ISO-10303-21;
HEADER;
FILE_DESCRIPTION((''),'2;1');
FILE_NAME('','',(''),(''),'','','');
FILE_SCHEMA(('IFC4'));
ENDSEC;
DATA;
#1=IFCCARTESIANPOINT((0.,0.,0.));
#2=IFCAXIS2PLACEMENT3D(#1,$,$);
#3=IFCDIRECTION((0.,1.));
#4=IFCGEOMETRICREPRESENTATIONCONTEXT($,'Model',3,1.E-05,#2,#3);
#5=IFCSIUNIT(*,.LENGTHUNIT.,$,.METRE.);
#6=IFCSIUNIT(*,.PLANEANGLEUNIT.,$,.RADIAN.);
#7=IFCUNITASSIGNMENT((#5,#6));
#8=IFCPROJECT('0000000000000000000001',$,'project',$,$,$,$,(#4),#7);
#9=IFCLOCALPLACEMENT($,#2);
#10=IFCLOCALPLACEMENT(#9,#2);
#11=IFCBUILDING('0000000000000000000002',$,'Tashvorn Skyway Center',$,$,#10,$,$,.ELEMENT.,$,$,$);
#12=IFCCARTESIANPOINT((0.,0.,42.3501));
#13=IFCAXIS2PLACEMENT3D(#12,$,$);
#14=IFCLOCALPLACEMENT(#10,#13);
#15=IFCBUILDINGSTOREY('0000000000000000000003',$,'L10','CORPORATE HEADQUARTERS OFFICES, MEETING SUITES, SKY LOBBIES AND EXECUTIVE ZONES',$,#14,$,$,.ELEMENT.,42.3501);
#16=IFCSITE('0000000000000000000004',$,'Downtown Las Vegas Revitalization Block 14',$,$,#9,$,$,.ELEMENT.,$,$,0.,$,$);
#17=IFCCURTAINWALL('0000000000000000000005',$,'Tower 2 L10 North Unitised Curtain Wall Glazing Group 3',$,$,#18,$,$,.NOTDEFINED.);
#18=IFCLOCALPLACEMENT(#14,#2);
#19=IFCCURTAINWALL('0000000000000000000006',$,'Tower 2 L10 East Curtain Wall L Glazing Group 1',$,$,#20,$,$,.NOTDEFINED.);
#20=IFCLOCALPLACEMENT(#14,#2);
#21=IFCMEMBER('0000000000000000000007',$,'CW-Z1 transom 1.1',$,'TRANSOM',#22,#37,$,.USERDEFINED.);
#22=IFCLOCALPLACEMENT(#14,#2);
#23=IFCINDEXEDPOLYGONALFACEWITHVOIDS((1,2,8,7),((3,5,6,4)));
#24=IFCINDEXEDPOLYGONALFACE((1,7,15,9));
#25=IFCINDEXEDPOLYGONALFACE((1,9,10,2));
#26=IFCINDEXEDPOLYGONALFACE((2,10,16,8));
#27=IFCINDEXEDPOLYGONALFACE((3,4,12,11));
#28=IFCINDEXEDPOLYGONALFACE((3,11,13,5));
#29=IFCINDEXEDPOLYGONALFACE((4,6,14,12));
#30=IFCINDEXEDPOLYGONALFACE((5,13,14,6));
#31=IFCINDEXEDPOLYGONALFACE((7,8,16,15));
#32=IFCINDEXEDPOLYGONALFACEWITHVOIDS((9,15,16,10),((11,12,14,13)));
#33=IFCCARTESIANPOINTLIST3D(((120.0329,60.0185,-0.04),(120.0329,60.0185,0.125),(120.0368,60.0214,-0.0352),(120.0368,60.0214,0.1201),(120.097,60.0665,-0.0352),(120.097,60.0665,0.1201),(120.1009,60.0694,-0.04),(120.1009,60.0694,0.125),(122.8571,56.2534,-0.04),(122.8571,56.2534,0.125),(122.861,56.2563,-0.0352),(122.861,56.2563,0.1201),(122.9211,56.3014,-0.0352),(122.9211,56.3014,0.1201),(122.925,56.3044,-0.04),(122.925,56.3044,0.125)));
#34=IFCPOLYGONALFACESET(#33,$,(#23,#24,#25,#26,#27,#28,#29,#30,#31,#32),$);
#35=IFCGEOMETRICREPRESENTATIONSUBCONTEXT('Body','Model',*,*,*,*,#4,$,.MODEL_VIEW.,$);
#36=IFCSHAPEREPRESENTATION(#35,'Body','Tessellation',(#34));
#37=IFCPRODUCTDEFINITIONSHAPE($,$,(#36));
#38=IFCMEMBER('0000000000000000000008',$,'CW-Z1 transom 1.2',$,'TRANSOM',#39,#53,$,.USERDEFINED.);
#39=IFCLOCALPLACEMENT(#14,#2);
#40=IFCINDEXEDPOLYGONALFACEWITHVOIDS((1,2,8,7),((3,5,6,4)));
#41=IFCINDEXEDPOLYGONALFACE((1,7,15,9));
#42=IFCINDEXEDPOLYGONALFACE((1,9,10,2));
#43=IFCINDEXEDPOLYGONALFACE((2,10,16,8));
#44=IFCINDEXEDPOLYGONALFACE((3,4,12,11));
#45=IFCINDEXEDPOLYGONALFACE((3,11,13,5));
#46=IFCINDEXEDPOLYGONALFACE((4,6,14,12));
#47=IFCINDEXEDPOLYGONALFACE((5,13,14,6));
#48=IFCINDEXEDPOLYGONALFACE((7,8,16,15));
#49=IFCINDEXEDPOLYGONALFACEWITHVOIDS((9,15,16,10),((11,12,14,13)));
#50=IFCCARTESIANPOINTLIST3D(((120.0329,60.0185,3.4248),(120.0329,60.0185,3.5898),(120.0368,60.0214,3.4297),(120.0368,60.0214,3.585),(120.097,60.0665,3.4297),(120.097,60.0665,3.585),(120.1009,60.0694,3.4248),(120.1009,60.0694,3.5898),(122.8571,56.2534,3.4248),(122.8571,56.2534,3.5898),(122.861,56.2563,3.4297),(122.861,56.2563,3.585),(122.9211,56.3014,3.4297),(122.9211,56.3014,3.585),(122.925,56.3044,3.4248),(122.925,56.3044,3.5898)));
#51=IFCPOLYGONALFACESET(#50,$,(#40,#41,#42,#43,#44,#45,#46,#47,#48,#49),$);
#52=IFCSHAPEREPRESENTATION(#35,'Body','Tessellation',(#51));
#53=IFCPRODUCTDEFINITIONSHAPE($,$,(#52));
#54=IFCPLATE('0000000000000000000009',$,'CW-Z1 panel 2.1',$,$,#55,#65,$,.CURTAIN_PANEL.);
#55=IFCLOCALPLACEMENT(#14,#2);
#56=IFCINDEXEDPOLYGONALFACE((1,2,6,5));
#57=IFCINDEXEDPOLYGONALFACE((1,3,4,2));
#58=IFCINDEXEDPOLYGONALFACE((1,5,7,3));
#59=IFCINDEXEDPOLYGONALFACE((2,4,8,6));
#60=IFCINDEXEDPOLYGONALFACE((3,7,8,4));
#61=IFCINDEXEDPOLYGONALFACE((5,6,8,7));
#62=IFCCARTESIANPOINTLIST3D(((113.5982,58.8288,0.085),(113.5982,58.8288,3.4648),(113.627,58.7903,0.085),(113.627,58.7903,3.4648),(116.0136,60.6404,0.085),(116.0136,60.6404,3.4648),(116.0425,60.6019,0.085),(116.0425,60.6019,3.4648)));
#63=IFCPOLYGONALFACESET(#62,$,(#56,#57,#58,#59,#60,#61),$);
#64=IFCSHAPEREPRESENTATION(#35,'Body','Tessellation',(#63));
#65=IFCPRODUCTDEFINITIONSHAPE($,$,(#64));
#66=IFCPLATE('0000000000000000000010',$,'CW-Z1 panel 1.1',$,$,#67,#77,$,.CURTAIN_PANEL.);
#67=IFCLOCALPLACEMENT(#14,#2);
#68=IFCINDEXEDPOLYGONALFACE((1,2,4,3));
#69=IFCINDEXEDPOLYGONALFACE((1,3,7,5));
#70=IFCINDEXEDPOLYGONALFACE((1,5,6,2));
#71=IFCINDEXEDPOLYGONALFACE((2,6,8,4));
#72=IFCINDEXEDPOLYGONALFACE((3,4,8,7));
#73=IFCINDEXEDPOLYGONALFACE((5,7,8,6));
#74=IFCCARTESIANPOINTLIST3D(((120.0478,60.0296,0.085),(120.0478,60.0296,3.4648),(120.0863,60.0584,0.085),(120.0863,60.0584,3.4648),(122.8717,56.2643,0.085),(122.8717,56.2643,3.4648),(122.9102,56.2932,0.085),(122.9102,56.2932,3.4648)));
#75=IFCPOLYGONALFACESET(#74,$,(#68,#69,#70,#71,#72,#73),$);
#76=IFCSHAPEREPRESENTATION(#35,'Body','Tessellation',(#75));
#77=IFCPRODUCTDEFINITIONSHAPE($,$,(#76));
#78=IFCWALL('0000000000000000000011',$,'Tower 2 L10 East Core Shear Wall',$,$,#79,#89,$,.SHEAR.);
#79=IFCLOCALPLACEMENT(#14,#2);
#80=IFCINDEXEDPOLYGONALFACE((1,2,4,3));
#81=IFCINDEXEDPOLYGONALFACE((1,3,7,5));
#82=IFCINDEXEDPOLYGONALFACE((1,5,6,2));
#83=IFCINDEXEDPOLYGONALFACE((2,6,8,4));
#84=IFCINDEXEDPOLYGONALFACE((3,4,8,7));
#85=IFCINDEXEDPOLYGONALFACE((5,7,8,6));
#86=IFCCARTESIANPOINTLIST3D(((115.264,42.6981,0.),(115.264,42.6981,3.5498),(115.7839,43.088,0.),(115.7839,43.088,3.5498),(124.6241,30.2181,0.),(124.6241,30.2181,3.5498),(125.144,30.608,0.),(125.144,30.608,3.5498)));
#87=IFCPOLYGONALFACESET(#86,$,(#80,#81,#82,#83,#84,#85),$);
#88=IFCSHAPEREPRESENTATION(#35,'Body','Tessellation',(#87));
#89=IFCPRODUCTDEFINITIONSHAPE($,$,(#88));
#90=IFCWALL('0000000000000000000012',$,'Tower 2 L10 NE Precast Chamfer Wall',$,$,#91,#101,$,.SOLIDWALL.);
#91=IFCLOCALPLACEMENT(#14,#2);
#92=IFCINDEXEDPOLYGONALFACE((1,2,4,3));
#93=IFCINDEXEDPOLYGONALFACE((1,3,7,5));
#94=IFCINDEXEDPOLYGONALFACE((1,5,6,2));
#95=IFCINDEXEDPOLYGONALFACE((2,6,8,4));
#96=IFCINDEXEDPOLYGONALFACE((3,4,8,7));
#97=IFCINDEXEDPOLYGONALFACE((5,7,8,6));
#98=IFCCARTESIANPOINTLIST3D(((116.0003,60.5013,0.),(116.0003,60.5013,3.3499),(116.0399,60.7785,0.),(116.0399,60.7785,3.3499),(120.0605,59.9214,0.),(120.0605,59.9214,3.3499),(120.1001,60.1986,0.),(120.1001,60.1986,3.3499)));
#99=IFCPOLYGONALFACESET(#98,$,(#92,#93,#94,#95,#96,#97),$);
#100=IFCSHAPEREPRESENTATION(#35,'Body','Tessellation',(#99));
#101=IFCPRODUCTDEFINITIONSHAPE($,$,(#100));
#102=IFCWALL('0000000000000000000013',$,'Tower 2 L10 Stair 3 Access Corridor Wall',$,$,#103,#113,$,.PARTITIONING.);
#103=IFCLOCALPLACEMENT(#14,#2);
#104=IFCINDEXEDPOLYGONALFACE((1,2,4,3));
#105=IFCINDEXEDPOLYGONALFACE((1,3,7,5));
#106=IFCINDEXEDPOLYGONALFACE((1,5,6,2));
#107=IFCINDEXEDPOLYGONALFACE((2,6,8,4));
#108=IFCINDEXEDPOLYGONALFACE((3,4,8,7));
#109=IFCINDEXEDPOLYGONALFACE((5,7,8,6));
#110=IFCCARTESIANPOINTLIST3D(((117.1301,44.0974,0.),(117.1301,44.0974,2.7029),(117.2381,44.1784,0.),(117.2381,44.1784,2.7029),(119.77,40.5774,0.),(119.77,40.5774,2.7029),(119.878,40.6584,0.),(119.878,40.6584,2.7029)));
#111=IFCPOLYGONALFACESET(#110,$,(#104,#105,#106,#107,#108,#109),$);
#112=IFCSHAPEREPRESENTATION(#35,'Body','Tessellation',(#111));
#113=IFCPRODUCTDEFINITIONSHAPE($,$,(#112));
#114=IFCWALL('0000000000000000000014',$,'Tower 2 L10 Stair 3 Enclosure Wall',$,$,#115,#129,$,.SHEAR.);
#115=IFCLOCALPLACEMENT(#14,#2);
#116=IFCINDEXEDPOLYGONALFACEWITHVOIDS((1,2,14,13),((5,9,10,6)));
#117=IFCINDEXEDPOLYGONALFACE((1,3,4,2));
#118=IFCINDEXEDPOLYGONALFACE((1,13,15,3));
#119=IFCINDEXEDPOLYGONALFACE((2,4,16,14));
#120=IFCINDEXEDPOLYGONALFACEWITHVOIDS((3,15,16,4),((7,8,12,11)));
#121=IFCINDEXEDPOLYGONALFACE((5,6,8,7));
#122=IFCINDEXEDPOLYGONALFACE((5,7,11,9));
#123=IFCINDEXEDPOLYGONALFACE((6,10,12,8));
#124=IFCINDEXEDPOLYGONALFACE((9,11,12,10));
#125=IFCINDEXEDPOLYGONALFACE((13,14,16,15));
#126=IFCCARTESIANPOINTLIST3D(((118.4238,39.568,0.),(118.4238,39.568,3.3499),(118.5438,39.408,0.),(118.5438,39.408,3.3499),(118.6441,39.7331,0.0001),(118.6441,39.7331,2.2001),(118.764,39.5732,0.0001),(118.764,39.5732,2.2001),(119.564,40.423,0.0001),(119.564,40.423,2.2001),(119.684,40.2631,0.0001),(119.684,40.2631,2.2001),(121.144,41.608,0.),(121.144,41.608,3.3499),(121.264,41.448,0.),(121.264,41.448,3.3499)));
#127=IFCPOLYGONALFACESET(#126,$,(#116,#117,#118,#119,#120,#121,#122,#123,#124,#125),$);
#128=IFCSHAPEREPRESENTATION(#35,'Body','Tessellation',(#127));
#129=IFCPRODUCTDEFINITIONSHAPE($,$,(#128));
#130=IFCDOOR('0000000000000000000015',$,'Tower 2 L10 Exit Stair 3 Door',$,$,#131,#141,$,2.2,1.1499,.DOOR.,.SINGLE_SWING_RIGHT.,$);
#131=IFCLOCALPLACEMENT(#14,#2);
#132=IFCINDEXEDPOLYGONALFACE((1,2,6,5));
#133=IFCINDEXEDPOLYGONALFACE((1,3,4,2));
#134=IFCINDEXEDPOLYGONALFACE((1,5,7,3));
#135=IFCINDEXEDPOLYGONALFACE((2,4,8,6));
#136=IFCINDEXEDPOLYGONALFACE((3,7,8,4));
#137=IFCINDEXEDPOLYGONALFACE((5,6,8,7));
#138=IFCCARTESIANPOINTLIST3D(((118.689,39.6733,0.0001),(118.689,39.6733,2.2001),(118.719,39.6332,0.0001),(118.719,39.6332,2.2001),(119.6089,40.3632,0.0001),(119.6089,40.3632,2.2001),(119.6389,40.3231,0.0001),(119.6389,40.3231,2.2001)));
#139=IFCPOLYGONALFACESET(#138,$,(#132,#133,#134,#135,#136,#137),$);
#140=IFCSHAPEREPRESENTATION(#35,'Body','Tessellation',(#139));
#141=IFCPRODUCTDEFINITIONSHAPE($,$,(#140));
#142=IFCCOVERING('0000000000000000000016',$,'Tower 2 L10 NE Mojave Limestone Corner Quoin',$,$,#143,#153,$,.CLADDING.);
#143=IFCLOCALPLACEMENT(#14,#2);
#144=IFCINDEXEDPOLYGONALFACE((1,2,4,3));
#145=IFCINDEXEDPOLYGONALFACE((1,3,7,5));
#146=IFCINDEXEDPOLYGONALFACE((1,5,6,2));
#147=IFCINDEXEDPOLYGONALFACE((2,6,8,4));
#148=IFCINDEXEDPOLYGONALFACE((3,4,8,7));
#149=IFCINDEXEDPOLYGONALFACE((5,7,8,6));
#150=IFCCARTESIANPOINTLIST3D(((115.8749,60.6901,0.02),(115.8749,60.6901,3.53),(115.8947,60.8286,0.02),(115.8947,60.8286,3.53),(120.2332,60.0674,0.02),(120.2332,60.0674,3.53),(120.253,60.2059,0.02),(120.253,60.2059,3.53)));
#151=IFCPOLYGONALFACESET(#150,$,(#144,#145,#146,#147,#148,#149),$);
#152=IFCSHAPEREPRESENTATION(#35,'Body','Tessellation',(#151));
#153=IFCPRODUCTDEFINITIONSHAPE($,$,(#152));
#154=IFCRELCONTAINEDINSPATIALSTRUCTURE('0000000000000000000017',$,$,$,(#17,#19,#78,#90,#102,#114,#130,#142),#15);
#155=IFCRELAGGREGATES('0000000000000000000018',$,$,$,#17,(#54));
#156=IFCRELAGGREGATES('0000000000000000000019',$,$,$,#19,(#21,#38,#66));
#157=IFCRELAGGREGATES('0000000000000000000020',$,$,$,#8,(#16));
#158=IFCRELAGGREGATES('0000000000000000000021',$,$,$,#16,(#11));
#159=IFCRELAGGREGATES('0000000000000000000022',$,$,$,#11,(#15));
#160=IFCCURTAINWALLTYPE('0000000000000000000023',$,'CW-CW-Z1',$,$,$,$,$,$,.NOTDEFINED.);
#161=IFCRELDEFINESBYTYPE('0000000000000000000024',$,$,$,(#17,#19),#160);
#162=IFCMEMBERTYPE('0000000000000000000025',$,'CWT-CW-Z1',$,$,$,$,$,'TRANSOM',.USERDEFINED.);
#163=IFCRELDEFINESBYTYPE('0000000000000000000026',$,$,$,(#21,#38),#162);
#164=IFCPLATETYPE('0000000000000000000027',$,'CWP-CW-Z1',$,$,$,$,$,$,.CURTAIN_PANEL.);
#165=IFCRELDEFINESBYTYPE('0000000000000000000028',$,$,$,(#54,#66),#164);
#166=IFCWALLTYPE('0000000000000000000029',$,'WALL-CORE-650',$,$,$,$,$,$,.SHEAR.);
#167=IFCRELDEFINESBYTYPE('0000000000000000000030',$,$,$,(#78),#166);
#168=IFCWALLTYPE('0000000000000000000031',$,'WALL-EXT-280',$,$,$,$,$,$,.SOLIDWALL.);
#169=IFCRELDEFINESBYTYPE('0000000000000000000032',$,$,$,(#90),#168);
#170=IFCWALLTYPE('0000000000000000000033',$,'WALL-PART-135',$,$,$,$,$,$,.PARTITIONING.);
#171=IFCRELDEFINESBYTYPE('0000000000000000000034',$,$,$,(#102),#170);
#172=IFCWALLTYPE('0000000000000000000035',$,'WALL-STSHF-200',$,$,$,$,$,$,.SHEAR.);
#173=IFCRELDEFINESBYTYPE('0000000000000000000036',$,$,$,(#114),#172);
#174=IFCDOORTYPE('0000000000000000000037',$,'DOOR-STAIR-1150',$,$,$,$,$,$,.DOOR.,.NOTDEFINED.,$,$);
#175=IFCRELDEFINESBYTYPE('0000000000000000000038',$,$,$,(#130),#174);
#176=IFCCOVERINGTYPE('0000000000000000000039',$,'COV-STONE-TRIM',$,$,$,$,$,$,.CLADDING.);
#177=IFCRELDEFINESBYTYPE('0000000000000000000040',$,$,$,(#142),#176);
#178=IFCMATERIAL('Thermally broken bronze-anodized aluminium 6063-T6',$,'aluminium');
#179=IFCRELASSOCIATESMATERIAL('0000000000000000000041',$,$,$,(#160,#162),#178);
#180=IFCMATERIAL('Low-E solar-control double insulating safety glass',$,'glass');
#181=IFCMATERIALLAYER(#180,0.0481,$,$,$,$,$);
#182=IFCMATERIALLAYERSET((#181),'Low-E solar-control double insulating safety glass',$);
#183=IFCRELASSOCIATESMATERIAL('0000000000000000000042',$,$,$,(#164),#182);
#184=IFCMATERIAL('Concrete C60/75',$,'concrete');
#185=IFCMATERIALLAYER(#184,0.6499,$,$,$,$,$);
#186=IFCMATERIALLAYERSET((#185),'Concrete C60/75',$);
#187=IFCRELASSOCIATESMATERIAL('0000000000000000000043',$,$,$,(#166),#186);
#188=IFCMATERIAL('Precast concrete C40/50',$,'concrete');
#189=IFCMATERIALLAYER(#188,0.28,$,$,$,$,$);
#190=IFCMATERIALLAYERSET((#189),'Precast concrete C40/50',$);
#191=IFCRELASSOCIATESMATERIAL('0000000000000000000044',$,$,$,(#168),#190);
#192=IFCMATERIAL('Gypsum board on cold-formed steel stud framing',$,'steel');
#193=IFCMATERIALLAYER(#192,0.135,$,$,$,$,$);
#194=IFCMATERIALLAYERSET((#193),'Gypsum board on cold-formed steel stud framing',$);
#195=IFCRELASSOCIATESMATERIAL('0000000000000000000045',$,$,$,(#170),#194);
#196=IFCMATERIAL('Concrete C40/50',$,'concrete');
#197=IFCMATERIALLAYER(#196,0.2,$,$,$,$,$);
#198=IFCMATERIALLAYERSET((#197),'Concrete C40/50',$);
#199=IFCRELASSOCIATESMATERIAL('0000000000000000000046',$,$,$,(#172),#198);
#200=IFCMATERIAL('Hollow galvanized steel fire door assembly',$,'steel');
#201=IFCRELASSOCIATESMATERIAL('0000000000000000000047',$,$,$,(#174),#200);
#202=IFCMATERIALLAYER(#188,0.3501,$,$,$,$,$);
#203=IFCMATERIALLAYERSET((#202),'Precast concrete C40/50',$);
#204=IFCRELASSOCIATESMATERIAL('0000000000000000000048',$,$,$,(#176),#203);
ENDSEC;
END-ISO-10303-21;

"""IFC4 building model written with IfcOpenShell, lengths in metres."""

from ifc_helpers import new_model, si_unit, direction, frame, frame_2d, origin, origin_2d, place, context, subcontext, project, spatial, rectangle, hollow_rectangle, extrude, material, layer, layer_set, material_profile, profile_set, type_object, element, fill, aggregate, save


model = new_model("IFC4")

# Units and contexts
model_context = context("Model", 3, precision=1e-05, world=origin(), true_north=direction((0.0, 1.0)))
body_context = subcontext(model_context, "Body", "Model", "MODEL_VIEW")
ifc_project = project(units=[si_unit("LENGTHUNIT", "METRE"), si_unit("PLANEANGLEUNIT", "RADIAN")], contexts=[model_context])

# Site, building, storey
site_placement = place(None, origin())
site = spatial("IfcSite", under=ifc_project, at=site_placement, Name="Downtown Las Vegas Revitalization Block 14", CompositionType="ELEMENT", RefElevation=0.0)
building_placement = place(site_placement, origin())
building = spatial("IfcBuilding", under=site, at=building_placement, Name="Tashvorn Skyway Center", CompositionType="ELEMENT")
storey_placement = place(building_placement, frame((0.0, 0.0, 42.3501)))
storey = spatial("IfcBuildingStorey", under=building, at=storey_placement, Name="L10", Description="CORPORATE HEADQUARTERS OFFICES, MEETING SUITES, SKY LOBBIES AND EXECUTIVE ZONES", CompositionType="ELEMENT", Elevation=42.3501)

# Curtain wall
ifc_material_1 = material(Name="Thermally broken bronze-anodized aluminium 6063-T6", Category="aluminium")
curtain_wall_type = type_object("IfcCurtainWallType", Name="CW-CW-Z1", PredefinedType="NOTDEFINED", material=ifc_material_1)
curtain_wall_1_placement = place(storey_placement, origin())
curtain_wall_1 = element("IfcCurtainWall", 1, at=curtain_wall_1_placement, inside=storey, type_object=curtain_wall_type, Name="Tower 2 L10 North Unitised Curtain Wall Glazing Group 3", PredefinedType="NOTDEFINED")

# Curtain wall
curtain_wall_2_placement = place(storey_placement, origin())
curtain_wall_2 = element("IfcCurtainWall", 2, at=curtain_wall_2_placement, inside=storey, type_object=curtain_wall_type, Name="Tower 2 L10 East Curtain Wall L Glazing Group 1", PredefinedType="NOTDEFINED")

# Members
ifc_material_profile_1 = material_profile(ifc_material_1, hollow_rectangle(XDim=0.085, YDim=0.165, WallThickness=0.0049, at=origin_2d()), Name="ALU-TRAN-85x165")
ifc_profile_set_1 = profile_set([ifc_material_profile_1], Name="Thermally broken bronze-anodized aluminium 6063-T6")
member_type_1 = type_object("IfcMemberType", Name="CWT-CW-Z1", ElementType="TRANSOM", PredefinedType="USERDEFINED", material=ifc_profile_set_1)
member_1_placement = place(storey_placement, frame((120.0669, 60.0439, 0.0425), z_axis=(0.60005, -0.799963, 0.0), x_axis=(0.799963, 0.60005, 0.0)))
member_1 = element("IfcMember", 3, at=member_1_placement, type_object=member_type_1, Name="CW-Z1 transom 1.1", ObjectType="TRANSOM", PredefinedType="USERDEFINED", context=body_context, shape_type="SweptSolid", body=[
    extrude(hollow_rectangle(XDim=0.085, YDim=0.165, WallThickness=0.0049, at=origin_2d()), origin(), (0.0, 0.0, 1.0), 4.7065),
])
member_2_placement = place(storey_placement, frame((120.0669, 60.0439, 3.5073), z_axis=(0.60005, -0.799963, 0.0), x_axis=(0.799963, 0.60005, 0.0)))
member_2 = element("IfcMember", 4, at=member_2_placement, type_object=member_type_1, Name="CW-Z1 transom 1.2", ObjectType="TRANSOM", PredefinedType="USERDEFINED", context=body_context, shape_type="SweptSolid", body=[
    extrude(hollow_rectangle(XDim=0.085, YDim=0.165, WallThickness=0.0049, at=origin_2d()), origin(), (0.0, 0.0, 1.0), 4.7065),
])

# Plates
ifc_material_2 = material(Name="Low-E solar-control double insulating safety glass", Category="glass")
ifc_layer_1 = layer(ifc_material_2, 0.0481)
ifc_layer_set_1 = layer_set([ifc_layer_1], Name="Low-E solar-control double insulating safety glass")
plate_type = type_object("IfcPlateType", Name="CWP-CW-Z1", PredefinedType="CURTAIN_PANEL", material=ifc_layer_set_1)
plate_1_placement = place(storey_placement, frame((114.8203, 59.7153, 0.085), z_axis=(0.0, 0.0, 1.0), x_axis=(0.800002, 0.599997, 0.0)))
plate_1 = element("IfcPlate", 5, at=plate_1_placement, type_object=plate_type, Name="CW-Z1 panel 2.1", PredefinedType="CURTAIN_PANEL", context=body_context, shape_type="SweptSolid", body=[
    extrude(rectangle(XDim=3.0193, YDim=0.0481, at=origin_2d()), origin(), (0.0, 0.0, 1.0), 3.3799),
])
aggregate(curtain_wall_1, [plate_1])
plate_2_placement = place(storey_placement, frame((121.479, 58.1614, 0.085), z_axis=(0.0, 0.0, 1.0), x_axis=(0.600003, -0.799998, 0.0)))
plate_2 = element("IfcPlate", 6, at=plate_2_placement, type_object=plate_type, Name="CW-Z1 panel 1.1", PredefinedType="CURTAIN_PANEL", context=body_context, shape_type="SweptSolid", body=[
    extrude(rectangle(XDim=4.7065, YDim=0.0481, at=origin_2d()), origin(), (0.0, 0.0, 1.0), 3.3799),
])
aggregate(curtain_wall_2, [member_1, member_2, plate_2])

# Walls
ifc_material_3 = material(Name="Concrete C60/75", Category="concrete")
ifc_layer_2 = layer(ifc_material_3, 0.6499)
ifc_layer_set_2 = layer_set([ifc_layer_2], Name="Concrete C60/75")
wall_type_1 = type_object("IfcWallType", Name="WALL-CORE-650", PredefinedType="SHEAR", material=ifc_layer_set_2)
wall_1_placement = place(storey_placement, frame((115.5239, 42.8931, 0.0), z_axis=(0.0, 0.0, 1.0), x_axis=(0.600005, -0.799996, 0.0)))
element("IfcWall", 7, at=wall_1_placement, inside=storey, type_object=wall_type_1, Name="Tower 2 L10 East Core Shear Wall", PredefinedType="SHEAR", context=body_context, shape_type="SweptSolid", body=[
    extrude(rectangle(XDim=15.6001, YDim=0.6499, at=frame_2d((7.8, 0.0))), origin(), (0.0, 0.0, 1.0), 3.5498),
])
ifc_material_4 = material(Name="Precast concrete C40/50", Category="concrete")
ifc_layer_3 = layer(ifc_material_4, 0.28)
ifc_layer_set_3 = layer_set([ifc_layer_3], Name="Precast concrete C40/50")
wall_type_2 = type_object("IfcWallType", Name="WALL-EXT-280", PredefinedType="SOLIDWALL", material=ifc_layer_set_3)
wall_2_placement = place(storey_placement, frame((116.02, 60.6399, 0.0), z_axis=(0.0, 0.0, 1.0), x_axis=(0.989955, -0.14138, 0.0)))
element("IfcWall", 8, at=wall_2_placement, inside=storey, type_object=wall_type_2, Name="Tower 2 L10 NE Precast Chamfer Wall", PredefinedType="SOLIDWALL", context=body_context, shape_type="SweptSolid", body=[
    extrude(rectangle(XDim=4.1013, YDim=0.28, at=frame_2d((2.0508, 0.0))), origin(), (0.0, 0.0, 1.0), 3.3499),
])
ifc_material_5 = material(Name="Gypsum board on cold-formed steel stud framing", Category="steel")
ifc_layer_4 = layer(ifc_material_5, 0.135)
ifc_layer_set_4 = layer_set([ifc_layer_4], Name="Gypsum board on cold-formed steel stud framing")
wall_type_3 = type_object("IfcWallType", Name="WALL-PART-135", PredefinedType="PARTITIONING", material=ifc_layer_set_4)
wall_3_placement = place(storey_placement, frame((119.824, 40.6179, 0.0), z_axis=(0.0, 0.0, 1.0), x_axis=(-0.599982, 0.800013, 0.0)))
element("IfcWall", 9, at=wall_3_placement, inside=storey, type_object=wall_type_3, Name="Tower 2 L10 Stair 3 Access Corridor Wall", PredefinedType="PARTITIONING", context=body_context, shape_type="SweptSolid", body=[
    extrude(rectangle(XDim=4.3999, YDim=0.135, at=frame_2d((2.2, 0.0))), origin(), (0.0, 0.0, 1.0), 2.7029),
])

# Wall, opening, door
ifc_material_6 = material(Name="Concrete C40/50", Category="concrete")
ifc_layer_5 = layer(ifc_material_6, 0.2)
ifc_layer_set_5 = layer_set([ifc_layer_5], Name="Concrete C40/50")
wall_type_4 = type_object("IfcWallType", Name="WALL-STSHF-200", PredefinedType="SHEAR", material=ifc_layer_set_5)
wall_4_placement = place(storey_placement, frame((121.2041, 41.5281, 0.0), z_axis=(0.0, 0.0, 1.0), x_axis=(-0.800017, -0.599977, 0.0)))
wall_4 = element("IfcWall", 10, at=wall_4_placement, inside=storey, type_object=wall_type_4, Name="Tower 2 L10 Stair 3 Enclosure Wall", PredefinedType="SHEAR", context=body_context, shape_type="SweptSolid", body=[
    extrude(rectangle(XDim=3.4001, YDim=0.2, at=frame_2d((1.7002, 0.0))), origin(), (0.0, 0.0, 1.0), 3.3499),
])
opening_placement = place(wall_4_placement, frame((1.9751, 0.0, 0.0)))
opening = element("IfcOpeningElement", 11, at=opening_placement, cuts=wall_4, PredefinedType="OPENING", context=body_context, shape_type="SweptSolid", body=[
    extrude(rectangle(XDim=1.1499, YDim=2.2, at=frame_2d((0.575, 1.1001))), frame((0.0, 0.1099, 0.0), z_axis=(0.0, -1.0, 0.0), x_axis=(1.0, 0.0, 0.0)), (0.0, 0.0, 1.0), 0.22),
])
ifc_material_7 = material(Name="Hollow galvanized steel fire door assembly", Category="steel")
door_type = type_object("IfcDoorType", Name="DOOR-STAIR-1150", OperationType="NOTDEFINED", PredefinedType="DOOR", material=ifc_material_7)
door_placement = place(opening_placement, origin())
door = element("IfcDoor", 12, at=door_placement, inside=storey, type_object=door_type, Name="Tower 2 L10 Exit Stair 3 Door", OperationType="SINGLE_SWING_RIGHT", OverallHeight=2.2, OverallWidth=1.1499, PredefinedType="DOOR", context=body_context, shape_type="SweptSolid", body=[
    extrude(rectangle(XDim=1.1499, YDim=2.2, at=frame_2d((0.575, 1.1001))), frame((0.0, 0.0249, 0.0), z_axis=(0.0, -1.0, 0.0), x_axis=(1.0, 0.0, 0.0)), (0.0, 0.0, 1.0), 0.05),
])
fill(opening, door)

# Covering
ifc_layer_6 = layer(ifc_material_4, 0.3501)
ifc_layer_set_6 = layer_set([ifc_layer_6], Name="Precast concrete C40/50")
covering_type = type_object("IfcCoveringType", Name="COV-STONE-TRIM", PredefinedType="CLADDING", material=ifc_layer_set_6)
covering_placement = place(storey_placement, frame((118.064, 60.448, 0.02), z_axis=(0.0, 0.0, 1.0), x_axis=(0.989949, -0.141421, 0.0)))
element("IfcCovering", 13, at=covering_placement, inside=storey, type_object=covering_type, Name="Tower 2 L10 NE Mojave Limestone Corner Quoin", PredefinedType="CLADDING", context=body_context, shape_type="SweptSolid", body=[
    extrude(rectangle(XDim=4.4026, YDim=0.1399, at=origin_2d()), origin(), (0.0, 0.0, 1.0), 3.51),
])

save(model, "model.ifc")
